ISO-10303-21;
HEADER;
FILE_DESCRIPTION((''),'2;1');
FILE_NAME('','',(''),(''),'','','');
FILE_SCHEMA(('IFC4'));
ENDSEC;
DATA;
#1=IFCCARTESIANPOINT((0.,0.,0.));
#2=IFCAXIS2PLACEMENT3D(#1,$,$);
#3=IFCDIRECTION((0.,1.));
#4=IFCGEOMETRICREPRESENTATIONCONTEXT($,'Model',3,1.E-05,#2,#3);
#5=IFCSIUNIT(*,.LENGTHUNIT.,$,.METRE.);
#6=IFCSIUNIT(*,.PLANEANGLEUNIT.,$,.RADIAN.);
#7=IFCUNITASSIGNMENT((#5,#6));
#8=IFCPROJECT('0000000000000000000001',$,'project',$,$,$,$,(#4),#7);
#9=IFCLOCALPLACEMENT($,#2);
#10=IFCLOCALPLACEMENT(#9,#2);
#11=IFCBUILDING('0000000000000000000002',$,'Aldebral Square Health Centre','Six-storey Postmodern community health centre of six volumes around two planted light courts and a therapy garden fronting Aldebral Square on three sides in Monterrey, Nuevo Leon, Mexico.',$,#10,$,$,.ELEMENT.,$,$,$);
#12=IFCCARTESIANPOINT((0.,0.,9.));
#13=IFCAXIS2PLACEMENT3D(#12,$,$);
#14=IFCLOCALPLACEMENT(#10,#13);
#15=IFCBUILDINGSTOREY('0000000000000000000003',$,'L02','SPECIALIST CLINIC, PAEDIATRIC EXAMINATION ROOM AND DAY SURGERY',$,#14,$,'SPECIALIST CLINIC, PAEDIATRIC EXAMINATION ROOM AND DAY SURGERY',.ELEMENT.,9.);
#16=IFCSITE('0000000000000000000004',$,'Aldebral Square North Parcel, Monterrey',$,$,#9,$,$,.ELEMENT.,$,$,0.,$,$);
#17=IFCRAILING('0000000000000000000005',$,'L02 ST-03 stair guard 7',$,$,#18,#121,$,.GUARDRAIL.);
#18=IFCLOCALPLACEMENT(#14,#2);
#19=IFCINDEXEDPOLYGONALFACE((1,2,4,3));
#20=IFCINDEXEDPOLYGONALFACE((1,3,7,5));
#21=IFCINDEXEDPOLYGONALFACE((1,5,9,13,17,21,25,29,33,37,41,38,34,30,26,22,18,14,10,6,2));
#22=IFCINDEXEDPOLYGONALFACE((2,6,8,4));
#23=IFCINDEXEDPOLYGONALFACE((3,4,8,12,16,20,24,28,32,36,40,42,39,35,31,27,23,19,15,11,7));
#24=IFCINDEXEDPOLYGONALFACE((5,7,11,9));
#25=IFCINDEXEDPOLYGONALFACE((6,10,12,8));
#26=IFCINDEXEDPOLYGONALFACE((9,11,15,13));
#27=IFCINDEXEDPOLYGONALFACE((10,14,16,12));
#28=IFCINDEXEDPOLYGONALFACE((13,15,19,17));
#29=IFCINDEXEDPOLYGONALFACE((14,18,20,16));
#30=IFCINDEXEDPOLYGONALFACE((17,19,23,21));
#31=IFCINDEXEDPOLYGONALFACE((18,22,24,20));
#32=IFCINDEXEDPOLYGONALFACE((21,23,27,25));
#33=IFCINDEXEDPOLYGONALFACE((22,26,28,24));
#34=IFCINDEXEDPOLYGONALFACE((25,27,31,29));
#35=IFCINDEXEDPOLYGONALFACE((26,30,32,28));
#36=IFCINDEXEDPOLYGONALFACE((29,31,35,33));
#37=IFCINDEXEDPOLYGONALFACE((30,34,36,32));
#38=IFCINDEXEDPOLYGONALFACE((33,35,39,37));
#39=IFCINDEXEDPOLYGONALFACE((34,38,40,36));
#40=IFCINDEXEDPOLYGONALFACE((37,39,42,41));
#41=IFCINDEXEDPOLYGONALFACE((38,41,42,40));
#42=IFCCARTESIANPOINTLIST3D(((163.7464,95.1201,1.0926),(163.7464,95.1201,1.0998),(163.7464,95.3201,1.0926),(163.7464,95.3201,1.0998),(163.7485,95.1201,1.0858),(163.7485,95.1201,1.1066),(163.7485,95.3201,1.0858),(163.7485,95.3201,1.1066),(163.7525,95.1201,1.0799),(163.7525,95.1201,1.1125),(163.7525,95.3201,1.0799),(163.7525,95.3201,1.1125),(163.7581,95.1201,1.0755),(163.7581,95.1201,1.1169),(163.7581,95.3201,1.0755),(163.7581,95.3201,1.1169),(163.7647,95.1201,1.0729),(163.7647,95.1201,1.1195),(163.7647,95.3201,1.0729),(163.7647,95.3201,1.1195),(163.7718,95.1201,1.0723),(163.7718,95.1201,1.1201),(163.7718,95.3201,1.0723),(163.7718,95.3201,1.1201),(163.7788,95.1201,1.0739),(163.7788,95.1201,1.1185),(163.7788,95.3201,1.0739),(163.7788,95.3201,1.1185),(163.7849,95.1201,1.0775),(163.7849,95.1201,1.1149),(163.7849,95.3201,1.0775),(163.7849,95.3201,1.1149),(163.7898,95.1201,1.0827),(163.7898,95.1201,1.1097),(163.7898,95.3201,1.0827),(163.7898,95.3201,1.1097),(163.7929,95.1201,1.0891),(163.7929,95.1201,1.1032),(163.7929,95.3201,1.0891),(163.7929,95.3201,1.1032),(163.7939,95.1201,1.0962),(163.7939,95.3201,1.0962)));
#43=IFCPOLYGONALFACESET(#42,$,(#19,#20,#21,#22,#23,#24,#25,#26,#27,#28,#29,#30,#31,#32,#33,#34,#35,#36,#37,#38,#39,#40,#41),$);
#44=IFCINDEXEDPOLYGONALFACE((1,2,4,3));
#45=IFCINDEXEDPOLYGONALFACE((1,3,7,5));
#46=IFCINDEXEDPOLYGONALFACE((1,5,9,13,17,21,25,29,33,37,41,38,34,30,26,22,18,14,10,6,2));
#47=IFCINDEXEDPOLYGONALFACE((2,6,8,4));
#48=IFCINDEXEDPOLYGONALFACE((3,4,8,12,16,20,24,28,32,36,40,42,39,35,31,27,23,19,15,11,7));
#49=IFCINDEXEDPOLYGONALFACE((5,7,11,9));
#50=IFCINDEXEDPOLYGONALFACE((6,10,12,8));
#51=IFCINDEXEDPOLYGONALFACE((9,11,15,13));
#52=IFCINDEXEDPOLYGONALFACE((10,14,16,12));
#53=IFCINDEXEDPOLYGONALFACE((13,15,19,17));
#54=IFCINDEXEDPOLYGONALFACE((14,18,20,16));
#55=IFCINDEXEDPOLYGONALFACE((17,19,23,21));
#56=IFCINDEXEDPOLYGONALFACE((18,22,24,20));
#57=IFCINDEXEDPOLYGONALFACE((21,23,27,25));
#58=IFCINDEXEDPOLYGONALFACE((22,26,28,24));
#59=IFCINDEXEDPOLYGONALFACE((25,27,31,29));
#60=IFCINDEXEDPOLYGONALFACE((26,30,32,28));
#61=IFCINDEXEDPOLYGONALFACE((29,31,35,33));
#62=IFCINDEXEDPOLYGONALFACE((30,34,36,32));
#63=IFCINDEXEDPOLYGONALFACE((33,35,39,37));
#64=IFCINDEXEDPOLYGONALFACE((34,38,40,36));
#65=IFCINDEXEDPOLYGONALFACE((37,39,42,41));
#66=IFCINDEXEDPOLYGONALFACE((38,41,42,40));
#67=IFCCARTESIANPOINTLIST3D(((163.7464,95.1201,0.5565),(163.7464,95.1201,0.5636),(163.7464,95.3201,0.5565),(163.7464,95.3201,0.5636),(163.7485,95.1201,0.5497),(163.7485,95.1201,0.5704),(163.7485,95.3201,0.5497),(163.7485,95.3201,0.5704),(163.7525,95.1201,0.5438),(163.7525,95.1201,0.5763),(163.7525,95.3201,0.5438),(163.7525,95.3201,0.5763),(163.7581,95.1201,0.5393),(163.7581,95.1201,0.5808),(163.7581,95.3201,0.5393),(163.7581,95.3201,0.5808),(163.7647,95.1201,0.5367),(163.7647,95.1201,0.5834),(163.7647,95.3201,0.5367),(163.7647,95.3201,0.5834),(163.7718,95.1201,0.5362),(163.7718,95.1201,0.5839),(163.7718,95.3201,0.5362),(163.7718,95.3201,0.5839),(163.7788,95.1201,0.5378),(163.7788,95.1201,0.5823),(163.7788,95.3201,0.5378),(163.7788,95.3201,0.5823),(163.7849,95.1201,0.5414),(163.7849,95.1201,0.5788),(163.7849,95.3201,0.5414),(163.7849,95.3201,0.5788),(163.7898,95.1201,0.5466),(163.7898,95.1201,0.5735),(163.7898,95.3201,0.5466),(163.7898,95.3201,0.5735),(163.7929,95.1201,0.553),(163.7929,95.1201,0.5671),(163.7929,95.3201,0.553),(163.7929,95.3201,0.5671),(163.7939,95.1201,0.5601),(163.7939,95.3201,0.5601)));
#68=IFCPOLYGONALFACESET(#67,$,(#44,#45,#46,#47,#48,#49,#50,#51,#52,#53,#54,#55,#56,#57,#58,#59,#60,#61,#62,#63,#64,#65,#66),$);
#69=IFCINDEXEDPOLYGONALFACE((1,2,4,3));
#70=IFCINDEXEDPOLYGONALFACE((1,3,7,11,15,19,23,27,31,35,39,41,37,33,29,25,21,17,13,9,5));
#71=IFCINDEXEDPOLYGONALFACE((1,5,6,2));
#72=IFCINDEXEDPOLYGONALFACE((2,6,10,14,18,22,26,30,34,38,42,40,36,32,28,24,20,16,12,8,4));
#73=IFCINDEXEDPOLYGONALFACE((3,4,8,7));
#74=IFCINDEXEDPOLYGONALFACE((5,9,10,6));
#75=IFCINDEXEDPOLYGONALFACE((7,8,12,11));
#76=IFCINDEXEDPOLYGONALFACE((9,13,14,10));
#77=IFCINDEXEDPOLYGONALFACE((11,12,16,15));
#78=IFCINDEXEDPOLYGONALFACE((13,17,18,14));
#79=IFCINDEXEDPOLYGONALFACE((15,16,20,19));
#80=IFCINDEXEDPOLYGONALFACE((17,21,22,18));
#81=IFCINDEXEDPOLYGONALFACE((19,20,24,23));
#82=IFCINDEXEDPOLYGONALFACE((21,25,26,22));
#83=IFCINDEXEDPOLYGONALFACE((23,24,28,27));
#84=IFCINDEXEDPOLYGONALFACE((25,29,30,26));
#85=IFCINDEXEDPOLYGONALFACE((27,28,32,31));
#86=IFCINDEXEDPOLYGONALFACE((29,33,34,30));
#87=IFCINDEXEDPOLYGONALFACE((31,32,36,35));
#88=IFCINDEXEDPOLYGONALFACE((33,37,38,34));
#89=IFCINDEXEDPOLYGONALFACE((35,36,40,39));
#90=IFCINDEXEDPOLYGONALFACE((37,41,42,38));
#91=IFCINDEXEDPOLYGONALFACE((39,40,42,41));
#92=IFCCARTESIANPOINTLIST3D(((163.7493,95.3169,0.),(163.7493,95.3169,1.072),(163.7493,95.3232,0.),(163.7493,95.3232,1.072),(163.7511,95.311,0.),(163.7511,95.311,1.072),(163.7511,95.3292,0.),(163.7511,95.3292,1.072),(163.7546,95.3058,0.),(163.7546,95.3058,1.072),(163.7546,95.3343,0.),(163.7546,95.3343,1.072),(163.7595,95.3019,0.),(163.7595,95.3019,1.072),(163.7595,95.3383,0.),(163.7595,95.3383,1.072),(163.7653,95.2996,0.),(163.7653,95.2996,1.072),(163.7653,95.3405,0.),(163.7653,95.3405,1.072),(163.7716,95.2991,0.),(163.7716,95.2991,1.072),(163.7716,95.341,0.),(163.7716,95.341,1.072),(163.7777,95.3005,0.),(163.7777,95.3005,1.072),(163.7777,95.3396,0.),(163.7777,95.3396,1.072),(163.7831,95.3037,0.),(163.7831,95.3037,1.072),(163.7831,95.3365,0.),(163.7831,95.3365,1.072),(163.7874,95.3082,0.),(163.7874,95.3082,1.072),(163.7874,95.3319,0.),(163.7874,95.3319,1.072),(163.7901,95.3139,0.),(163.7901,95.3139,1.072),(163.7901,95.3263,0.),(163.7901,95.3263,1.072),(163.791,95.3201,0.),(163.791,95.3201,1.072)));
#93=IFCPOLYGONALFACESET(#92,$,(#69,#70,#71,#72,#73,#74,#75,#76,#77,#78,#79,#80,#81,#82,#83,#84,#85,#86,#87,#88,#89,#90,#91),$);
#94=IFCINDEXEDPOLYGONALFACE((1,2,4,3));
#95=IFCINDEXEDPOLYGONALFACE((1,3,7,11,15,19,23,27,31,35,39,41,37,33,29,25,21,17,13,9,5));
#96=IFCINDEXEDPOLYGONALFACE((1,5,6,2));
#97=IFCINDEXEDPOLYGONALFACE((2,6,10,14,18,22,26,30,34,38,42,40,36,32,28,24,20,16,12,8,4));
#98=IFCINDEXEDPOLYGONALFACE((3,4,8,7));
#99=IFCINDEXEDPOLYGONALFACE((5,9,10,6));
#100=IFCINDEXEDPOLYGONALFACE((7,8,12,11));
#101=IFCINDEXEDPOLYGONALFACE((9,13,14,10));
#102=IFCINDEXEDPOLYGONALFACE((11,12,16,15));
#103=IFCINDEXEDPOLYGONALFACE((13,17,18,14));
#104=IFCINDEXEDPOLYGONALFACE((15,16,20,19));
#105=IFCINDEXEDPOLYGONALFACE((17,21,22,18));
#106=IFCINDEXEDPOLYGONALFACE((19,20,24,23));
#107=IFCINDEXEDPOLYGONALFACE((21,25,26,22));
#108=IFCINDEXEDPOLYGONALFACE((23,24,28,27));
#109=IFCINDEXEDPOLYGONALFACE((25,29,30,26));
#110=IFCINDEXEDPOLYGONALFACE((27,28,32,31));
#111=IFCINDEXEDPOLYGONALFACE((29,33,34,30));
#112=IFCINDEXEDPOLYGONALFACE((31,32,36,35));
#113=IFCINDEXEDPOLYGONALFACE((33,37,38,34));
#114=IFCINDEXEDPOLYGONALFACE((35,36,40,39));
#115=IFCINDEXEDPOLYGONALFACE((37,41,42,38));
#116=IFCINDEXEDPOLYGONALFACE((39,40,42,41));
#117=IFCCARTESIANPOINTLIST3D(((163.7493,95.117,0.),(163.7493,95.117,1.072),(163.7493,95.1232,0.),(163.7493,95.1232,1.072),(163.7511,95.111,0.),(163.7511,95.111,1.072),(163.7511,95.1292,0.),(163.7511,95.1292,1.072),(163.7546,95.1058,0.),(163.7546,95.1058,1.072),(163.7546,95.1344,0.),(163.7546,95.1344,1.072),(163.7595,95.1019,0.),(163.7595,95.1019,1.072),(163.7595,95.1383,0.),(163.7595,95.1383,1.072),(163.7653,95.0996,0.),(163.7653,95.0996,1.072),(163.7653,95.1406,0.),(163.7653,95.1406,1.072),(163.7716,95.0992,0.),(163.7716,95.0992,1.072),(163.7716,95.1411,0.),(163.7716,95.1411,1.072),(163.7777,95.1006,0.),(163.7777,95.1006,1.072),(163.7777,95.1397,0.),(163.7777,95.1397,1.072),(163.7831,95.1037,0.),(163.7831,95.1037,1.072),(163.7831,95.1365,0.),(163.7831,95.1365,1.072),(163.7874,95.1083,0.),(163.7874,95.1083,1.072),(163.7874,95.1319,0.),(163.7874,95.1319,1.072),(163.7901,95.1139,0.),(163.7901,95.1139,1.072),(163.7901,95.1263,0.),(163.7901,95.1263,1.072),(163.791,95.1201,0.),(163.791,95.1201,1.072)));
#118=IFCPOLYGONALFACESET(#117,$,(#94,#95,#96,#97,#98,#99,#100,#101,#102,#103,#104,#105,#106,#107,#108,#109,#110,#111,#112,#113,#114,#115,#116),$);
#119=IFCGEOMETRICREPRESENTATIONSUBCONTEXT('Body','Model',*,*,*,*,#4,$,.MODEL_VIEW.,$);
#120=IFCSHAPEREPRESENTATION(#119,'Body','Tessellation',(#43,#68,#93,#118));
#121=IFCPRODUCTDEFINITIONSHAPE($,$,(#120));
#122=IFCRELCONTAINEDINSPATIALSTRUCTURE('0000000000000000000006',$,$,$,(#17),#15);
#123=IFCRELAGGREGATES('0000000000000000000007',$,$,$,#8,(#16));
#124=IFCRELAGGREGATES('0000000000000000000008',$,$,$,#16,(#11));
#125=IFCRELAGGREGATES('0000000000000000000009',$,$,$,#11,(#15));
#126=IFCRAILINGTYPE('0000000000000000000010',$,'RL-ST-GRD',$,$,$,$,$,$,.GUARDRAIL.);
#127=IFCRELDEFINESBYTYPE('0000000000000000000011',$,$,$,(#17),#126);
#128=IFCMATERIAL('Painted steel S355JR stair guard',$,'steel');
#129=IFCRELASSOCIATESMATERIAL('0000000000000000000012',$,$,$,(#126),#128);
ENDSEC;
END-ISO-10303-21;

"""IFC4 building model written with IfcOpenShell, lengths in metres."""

from ifc_helpers import new_model, si_unit, direction, frame, origin, origin_2d, place, context, subcontext, project, spatial, circle, extrude, material, type_object, element, save


model = new_model("IFC4")

# Units and contexts
model_context = context("Model", 3, precision=1e-05, world=origin(), true_north=direction((0.0, 1.0)))
body_context = subcontext(model_context, "Body", "Model", "MODEL_VIEW")
ifc_project = project(units=[si_unit("LENGTHUNIT", "METRE"), si_unit("PLANEANGLEUNIT", "RADIAN")], contexts=[model_context])

# Site, building, storey
site_placement = place(None, origin())
site = spatial("IfcSite", under=ifc_project, at=site_placement, Name="Aldebral Square North Parcel, Monterrey", CompositionType="ELEMENT", RefElevation=0.0)
building_placement = place(site_placement, origin())
building = spatial("IfcBuilding", under=site, at=building_placement, Name="Aldebral Square Health Centre", Description="Six-storey Postmodern community health centre of six volumes around two planted light courts and a therapy garden fronting Aldebral Square on three sides in Monterrey, Nuevo Leon, Mexico.", CompositionType="ELEMENT")
storey_placement = place(building_placement, frame((0.0, 0.0, 9.0)))
storey = spatial("IfcBuildingStorey", under=building, at=storey_placement, Name="L02", Description="SPECIALIST CLINIC, PAEDIATRIC EXAMINATION ROOM AND DAY SURGERY", LongName="SPECIALIST CLINIC, PAEDIATRIC EXAMINATION ROOM AND DAY SURGERY", CompositionType="ELEMENT", Elevation=9.0)

# Railing
ifc_material_1 = material(Name="Painted steel S355JR stair guard", Category="steel")
railing_type_1 = type_object("IfcRailingType", Name="RL-ST-GRD", PredefinedType="GUARDRAIL", material=ifc_material_1)
railing_1_placement = place(storey_placement, frame((163.77, 95.3201, 0.0)))
element("IfcRailing", 1, at=railing_1_placement, inside=storey, type_object=railing_type_1, Name="L02 ST-03 stair guard 7", PredefinedType="GUARDRAIL", context=body_context, shape_type="SweptSolid", body=[
    extrude(circle(Radius=0.0239, at=origin_2d()), frame((0.0, 0.0, 1.0962), z_axis=(0.0, -1.0, 0.0), x_axis=(1.0, 0.0, 0.0)), (0.0, 0.0, 1.0), 0.2),
    extrude(circle(Radius=0.0239, at=origin_2d()), frame((0.0, 0.0, 0.5601), z_axis=(0.0, -1.0, 0.0), x_axis=(1.0, 0.0, 0.0)), (0.0, 0.0, 1.0), 0.2),
    extrude(circle(Radius=0.021, at=origin_2d()), origin(), (0.0, 0.0, 1.0), 1.072),
    extrude(circle(Radius=0.021, at=origin_2d()), frame((0.0, -0.2, 0.0)), (0.0, 0.0, 1.0), 1.072),
])

save(model, "model.ifc")
